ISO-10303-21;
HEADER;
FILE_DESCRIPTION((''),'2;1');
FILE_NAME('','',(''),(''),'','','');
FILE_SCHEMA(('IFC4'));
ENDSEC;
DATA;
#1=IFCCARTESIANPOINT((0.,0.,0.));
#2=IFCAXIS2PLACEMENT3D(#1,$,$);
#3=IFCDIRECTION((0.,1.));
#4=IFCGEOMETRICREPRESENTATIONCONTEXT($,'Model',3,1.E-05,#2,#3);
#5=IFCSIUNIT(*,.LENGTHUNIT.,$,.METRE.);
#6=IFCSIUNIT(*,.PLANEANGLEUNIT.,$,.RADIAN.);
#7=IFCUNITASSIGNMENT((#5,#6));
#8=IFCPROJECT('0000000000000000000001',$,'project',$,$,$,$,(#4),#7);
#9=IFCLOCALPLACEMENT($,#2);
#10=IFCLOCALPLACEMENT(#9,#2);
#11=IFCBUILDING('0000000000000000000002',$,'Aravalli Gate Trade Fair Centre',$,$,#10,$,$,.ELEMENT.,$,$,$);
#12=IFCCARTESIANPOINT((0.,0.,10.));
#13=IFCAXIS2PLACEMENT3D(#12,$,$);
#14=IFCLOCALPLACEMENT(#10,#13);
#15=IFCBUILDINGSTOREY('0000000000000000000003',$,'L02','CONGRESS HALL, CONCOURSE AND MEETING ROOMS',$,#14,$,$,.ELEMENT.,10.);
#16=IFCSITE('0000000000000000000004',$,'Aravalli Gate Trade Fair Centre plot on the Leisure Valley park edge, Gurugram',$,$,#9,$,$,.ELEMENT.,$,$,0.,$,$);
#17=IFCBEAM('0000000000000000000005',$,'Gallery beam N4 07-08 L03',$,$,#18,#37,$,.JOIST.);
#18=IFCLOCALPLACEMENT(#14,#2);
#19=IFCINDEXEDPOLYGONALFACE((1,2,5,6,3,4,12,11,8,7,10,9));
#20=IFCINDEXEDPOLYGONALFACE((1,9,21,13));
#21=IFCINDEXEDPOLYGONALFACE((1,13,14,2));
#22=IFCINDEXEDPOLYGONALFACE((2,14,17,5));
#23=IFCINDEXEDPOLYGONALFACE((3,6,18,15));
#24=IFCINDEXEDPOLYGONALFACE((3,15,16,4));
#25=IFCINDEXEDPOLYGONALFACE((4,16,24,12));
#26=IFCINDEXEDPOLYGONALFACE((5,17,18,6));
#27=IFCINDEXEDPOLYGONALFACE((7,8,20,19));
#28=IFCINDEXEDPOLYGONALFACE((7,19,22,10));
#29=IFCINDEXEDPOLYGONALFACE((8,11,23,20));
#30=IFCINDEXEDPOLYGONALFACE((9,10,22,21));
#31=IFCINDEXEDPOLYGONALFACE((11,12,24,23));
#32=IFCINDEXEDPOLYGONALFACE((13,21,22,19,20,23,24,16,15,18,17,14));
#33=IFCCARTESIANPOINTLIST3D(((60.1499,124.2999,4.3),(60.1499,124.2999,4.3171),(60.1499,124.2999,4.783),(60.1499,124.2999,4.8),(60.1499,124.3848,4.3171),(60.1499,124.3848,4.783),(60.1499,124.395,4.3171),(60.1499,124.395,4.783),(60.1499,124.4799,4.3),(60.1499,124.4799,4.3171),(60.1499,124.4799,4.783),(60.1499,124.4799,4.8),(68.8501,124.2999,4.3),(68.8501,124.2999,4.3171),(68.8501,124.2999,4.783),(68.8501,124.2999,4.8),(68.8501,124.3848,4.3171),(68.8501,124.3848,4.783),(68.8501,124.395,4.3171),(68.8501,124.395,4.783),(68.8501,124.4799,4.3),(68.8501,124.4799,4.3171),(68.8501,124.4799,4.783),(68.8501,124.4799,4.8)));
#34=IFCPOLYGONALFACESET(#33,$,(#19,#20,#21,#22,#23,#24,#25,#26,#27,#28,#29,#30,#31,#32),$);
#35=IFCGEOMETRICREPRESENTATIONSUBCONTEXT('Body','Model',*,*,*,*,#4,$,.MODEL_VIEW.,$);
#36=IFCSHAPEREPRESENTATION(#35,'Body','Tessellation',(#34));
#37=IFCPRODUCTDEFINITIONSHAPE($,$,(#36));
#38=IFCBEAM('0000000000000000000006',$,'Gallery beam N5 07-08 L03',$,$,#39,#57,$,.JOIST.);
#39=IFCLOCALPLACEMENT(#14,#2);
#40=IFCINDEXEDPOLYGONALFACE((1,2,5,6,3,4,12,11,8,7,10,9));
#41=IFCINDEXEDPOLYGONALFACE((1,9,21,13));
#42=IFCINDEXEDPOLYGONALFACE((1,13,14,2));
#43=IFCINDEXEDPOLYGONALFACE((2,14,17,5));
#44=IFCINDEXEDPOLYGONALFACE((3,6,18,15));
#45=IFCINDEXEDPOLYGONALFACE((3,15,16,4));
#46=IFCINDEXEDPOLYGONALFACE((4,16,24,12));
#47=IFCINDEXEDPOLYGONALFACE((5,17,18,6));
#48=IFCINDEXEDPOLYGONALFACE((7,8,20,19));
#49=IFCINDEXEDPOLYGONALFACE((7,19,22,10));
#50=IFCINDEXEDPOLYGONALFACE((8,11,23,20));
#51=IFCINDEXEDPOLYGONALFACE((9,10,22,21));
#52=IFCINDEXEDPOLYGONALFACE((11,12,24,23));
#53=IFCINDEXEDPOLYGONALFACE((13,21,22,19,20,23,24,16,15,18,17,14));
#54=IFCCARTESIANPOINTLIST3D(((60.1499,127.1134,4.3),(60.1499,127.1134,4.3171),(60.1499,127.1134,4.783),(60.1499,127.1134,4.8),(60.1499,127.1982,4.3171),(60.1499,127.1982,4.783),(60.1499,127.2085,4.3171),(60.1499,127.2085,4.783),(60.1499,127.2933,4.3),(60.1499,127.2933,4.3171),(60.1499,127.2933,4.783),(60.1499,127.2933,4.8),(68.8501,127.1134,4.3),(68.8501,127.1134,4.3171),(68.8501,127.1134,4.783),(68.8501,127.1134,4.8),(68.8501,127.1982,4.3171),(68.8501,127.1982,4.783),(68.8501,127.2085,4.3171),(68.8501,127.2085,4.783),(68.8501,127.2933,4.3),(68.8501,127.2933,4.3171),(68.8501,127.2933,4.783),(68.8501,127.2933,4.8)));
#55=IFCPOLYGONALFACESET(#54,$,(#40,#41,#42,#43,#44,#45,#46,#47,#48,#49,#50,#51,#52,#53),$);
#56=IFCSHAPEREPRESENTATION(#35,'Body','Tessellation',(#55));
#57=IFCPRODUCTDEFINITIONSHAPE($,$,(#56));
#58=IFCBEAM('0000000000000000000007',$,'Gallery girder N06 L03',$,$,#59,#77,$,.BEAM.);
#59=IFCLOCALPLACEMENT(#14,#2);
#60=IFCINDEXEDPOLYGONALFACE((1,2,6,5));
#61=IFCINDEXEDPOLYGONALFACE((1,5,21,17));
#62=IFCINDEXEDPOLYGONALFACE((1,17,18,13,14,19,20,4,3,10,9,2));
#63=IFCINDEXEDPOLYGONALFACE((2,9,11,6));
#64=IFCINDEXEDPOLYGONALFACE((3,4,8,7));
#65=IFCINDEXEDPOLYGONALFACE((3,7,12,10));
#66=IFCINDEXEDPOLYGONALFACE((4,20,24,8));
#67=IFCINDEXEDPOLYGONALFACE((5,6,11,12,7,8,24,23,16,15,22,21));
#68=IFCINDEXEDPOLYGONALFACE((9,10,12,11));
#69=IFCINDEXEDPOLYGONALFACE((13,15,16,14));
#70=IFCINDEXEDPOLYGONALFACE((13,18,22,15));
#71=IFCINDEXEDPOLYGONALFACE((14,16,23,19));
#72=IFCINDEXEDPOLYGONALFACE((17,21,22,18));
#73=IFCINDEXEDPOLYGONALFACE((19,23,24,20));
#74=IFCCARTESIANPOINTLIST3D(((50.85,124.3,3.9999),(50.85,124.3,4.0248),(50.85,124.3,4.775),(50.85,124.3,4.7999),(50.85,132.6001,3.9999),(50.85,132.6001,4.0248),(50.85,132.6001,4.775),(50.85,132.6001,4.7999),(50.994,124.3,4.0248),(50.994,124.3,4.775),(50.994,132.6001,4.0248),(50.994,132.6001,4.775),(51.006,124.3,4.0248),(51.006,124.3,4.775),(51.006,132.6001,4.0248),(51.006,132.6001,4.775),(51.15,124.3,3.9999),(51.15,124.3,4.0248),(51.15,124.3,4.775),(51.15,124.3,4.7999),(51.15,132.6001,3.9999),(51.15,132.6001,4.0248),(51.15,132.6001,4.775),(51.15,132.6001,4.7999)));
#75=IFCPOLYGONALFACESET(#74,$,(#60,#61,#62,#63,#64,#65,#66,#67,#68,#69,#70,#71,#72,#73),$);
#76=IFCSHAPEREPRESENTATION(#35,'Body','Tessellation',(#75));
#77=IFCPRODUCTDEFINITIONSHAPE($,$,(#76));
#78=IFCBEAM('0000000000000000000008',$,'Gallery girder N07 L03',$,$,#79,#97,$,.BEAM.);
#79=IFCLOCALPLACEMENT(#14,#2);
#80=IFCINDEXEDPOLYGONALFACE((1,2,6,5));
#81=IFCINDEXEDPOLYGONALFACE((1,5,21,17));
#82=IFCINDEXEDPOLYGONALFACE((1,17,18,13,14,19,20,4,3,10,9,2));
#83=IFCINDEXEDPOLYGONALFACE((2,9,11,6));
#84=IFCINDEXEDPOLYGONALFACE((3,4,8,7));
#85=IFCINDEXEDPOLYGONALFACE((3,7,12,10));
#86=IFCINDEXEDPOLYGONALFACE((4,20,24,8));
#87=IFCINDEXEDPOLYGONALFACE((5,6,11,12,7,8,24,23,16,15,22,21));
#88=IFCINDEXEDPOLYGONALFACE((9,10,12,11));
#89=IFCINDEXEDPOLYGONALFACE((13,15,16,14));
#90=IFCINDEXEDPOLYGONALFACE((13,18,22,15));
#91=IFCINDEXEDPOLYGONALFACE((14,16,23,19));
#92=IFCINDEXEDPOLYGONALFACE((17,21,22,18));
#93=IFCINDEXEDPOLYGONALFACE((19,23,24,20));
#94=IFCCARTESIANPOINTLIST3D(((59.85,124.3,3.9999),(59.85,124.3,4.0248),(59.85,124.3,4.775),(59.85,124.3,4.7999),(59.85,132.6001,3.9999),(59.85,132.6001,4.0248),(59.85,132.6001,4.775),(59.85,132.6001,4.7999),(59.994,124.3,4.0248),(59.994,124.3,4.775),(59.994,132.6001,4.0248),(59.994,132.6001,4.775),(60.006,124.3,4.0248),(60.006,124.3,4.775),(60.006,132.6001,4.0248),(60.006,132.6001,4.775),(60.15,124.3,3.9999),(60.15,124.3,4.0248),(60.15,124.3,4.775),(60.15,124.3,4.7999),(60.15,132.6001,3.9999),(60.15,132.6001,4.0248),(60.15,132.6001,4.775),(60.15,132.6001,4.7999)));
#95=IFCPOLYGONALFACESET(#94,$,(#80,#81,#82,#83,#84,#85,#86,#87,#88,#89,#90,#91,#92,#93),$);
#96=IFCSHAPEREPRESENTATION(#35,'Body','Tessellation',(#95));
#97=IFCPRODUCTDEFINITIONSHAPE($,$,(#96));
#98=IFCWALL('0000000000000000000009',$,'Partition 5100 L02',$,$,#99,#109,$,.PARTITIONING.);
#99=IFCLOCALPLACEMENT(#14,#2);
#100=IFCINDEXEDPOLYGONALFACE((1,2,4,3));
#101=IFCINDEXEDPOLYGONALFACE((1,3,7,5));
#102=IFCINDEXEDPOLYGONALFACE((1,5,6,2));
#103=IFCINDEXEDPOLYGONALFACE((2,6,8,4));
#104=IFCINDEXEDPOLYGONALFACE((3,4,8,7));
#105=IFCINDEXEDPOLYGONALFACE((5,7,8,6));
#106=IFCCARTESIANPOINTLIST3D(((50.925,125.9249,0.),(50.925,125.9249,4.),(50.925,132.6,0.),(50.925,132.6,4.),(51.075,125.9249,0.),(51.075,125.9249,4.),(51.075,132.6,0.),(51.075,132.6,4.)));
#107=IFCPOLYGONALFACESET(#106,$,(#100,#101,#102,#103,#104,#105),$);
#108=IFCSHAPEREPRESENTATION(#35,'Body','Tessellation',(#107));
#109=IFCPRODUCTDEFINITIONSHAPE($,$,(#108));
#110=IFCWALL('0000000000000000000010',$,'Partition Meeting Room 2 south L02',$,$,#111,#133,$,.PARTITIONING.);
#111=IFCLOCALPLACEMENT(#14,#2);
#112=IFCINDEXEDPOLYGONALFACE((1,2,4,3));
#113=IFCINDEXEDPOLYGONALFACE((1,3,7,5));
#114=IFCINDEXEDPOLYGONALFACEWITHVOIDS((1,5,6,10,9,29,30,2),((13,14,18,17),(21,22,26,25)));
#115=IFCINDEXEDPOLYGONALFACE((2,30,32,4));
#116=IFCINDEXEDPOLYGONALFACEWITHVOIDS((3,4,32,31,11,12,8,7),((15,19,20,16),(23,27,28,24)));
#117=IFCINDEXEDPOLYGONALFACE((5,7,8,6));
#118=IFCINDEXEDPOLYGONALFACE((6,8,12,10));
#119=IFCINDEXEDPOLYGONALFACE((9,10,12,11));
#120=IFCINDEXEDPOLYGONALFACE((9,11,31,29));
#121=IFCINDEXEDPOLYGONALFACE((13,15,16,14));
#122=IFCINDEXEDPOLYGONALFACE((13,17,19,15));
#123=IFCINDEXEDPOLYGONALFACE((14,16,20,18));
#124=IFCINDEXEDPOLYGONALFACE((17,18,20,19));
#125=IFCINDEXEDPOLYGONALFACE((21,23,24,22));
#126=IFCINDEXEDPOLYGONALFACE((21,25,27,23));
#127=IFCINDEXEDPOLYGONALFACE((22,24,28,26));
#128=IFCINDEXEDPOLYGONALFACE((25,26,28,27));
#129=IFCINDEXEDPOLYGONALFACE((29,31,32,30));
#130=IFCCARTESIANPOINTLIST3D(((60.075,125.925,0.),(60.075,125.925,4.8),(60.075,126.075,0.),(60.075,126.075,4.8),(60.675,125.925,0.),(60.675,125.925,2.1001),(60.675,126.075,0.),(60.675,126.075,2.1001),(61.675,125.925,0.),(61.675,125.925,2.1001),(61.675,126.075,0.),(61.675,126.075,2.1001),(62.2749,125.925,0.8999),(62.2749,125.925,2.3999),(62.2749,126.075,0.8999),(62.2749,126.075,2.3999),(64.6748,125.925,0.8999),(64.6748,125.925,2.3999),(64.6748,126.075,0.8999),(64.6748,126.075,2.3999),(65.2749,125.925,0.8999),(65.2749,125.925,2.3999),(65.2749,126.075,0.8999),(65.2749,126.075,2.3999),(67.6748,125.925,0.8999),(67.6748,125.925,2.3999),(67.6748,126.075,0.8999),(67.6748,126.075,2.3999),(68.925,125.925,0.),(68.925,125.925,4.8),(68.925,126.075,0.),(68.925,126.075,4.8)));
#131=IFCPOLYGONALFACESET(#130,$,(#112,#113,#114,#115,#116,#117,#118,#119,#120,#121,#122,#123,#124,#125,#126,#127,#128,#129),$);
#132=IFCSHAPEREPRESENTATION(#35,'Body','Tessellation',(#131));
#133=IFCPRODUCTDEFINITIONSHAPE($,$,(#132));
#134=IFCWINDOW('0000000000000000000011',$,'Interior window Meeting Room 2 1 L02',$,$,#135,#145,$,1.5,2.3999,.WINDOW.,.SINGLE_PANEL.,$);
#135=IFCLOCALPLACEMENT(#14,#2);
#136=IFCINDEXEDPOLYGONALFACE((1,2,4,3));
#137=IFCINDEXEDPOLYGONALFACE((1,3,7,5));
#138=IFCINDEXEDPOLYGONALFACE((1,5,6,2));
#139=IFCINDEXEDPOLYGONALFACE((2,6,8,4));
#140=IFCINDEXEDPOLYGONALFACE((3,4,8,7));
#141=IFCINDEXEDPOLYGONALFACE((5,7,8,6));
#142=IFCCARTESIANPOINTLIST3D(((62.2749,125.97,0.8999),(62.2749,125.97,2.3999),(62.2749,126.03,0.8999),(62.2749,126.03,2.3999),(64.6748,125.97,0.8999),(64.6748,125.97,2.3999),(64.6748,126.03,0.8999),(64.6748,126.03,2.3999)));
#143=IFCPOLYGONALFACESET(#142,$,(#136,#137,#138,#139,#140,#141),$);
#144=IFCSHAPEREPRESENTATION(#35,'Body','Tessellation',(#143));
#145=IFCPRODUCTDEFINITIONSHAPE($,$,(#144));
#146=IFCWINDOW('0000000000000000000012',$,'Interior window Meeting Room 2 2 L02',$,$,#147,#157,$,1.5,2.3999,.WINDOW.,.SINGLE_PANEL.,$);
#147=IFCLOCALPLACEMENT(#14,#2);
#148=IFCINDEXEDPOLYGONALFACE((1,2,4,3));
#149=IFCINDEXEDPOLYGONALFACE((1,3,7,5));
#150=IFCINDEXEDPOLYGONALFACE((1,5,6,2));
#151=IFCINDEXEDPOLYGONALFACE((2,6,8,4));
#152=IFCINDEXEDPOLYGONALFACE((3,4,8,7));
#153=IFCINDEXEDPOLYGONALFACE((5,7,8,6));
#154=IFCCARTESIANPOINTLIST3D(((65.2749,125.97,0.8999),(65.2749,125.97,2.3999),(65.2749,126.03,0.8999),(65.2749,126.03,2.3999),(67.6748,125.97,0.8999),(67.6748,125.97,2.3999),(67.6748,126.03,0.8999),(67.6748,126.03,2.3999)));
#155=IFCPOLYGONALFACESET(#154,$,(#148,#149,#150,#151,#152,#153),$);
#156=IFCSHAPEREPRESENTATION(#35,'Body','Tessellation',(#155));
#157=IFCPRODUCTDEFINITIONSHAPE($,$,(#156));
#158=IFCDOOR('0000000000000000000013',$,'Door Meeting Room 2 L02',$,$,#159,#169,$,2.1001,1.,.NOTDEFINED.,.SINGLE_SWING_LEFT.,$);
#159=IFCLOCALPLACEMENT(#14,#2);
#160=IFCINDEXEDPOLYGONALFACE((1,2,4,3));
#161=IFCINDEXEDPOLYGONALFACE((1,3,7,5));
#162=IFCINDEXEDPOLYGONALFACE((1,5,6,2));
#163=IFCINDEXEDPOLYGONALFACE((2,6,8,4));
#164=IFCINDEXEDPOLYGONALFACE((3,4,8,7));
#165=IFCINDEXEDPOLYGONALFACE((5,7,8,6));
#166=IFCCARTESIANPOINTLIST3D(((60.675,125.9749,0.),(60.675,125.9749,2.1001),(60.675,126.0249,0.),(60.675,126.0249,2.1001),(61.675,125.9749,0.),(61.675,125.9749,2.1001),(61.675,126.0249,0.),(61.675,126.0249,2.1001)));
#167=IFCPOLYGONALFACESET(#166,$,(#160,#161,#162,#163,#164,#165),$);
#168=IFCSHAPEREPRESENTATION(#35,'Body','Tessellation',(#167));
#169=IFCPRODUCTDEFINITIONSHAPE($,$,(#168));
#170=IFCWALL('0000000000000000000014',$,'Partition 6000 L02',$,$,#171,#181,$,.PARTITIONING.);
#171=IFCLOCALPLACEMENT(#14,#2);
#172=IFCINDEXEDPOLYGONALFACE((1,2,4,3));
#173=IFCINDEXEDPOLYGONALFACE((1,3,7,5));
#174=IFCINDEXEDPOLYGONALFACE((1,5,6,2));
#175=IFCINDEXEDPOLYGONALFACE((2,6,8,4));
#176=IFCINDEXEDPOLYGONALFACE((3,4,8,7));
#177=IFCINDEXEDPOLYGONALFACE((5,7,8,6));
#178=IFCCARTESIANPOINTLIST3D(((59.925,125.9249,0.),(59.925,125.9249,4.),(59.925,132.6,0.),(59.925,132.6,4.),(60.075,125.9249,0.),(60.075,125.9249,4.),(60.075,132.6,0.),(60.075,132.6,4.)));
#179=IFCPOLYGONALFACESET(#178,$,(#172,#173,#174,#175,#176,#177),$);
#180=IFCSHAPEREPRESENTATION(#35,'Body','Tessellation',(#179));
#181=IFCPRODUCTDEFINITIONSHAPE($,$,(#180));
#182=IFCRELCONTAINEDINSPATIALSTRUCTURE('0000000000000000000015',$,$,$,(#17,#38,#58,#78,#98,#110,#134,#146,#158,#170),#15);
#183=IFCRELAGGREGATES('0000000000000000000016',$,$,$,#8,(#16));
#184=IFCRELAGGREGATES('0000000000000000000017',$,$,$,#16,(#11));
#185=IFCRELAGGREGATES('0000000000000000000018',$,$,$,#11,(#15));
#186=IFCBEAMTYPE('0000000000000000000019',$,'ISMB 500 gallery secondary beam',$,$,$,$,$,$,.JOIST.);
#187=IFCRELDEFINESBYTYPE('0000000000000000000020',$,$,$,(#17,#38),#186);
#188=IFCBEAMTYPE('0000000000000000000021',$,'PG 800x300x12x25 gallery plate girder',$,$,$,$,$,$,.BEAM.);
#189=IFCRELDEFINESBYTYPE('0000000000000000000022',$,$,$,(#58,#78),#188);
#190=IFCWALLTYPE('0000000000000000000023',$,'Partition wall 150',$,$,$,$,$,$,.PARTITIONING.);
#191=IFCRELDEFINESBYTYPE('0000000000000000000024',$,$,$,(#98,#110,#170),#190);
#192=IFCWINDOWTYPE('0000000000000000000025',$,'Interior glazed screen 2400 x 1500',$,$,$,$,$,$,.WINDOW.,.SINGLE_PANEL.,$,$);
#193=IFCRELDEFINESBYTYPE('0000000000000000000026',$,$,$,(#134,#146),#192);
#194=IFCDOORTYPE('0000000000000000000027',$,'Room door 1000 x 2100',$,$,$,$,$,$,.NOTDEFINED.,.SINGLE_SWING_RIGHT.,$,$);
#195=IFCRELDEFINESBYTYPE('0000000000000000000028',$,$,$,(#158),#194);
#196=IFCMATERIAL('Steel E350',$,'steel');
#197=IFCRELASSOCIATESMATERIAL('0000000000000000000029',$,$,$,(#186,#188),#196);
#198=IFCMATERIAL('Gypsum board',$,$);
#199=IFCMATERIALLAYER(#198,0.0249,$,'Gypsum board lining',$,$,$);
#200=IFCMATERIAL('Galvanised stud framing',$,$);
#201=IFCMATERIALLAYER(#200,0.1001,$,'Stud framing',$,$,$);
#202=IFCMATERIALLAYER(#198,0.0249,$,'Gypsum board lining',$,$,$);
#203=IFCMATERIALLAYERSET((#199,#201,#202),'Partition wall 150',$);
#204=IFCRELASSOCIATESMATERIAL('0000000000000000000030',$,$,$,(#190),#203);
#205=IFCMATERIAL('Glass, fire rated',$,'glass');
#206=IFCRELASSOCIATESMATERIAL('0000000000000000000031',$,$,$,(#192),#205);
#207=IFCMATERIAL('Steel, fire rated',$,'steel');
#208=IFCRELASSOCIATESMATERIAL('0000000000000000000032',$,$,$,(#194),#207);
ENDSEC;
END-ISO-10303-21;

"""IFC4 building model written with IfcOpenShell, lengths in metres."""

from ifc_helpers import new_model, si_unit, direction, frame, frame_2d, origin, origin_2d, place, context, subcontext, project, spatial, rectangle, i_section, extrude, material, layer, layer_set, material_profile, profile_set, type_object, element, fill, save


model = new_model("IFC4")

# Units and contexts
model_context = context("Model", 3, precision=1e-05, world=origin(), true_north=direction((0.0, 1.0)))
body_context = subcontext(model_context, "Body", "Model", "MODEL_VIEW")
ifc_project = project(units=[si_unit("LENGTHUNIT", "METRE"), si_unit("PLANEANGLEUNIT", "RADIAN")], contexts=[model_context])

# Site, building, storey
site_placement = place(None, origin())
site = spatial("IfcSite", under=ifc_project, at=site_placement, Name="Aravalli Gate Trade Fair Centre plot on the Leisure Valley park edge, Gurugram", CompositionType="ELEMENT", RefElevation=0.0)
building_placement = place(site_placement, origin())
building = spatial("IfcBuilding", under=site, at=building_placement, Name="Aravalli Gate Trade Fair Centre", CompositionType="ELEMENT")
storey_placement = place(building_placement, frame((0.0, 0.0, 10.0)))
storey = spatial("IfcBuildingStorey", under=building, at=storey_placement, Name="L02", Description="CONGRESS HALL, CONCOURSE AND MEETING ROOMS", CompositionType="ELEMENT", Elevation=10.0)

# Beams
ifc_material_1 = material(Name="Steel E350", Category="steel")
ifc_material_profile_1 = material_profile(ifc_material_1, i_section(OverallWidth=0.1799, OverallDepth=0.5, WebThickness=0.0103, FlangeThickness=0.0171, at=origin_2d()), Name="ISMB 500")
ifc_profile_set_1 = profile_set([ifc_material_profile_1], Name="Steel E350")
beam_type_1 = type_object("IfcBeamType", Name="ISMB 500 gallery secondary beam", PredefinedType="JOIST", material=ifc_profile_set_1)
for number, where, z_axis, x_axis, name in (
    (1, (60.1499, 124.3899, 4.55), (1.0, 0.0, 0.0), (0.0, 1.0, 0.0), "Gallery beam N4 07-08 L03"),
    (2, (60.1499, 127.2034, 4.55), (1.0, 0.0, 0.0), (0.0, 1.0, 0.0), "Gallery beam N5 07-08 L03"),
):
    element("IfcBeam", number, at=place(storey_placement, frame(where, z_axis=z_axis, x_axis=x_axis)), inside=storey, type_object=beam_type_1, Name=name, PredefinedType="JOIST", context=body_context, shape_type="SweptSolid", body=[
        extrude(i_section(OverallWidth=0.1799, OverallDepth=0.5, WebThickness=0.0103, FlangeThickness=0.0171, at=origin_2d()), origin(), (0.0, 0.0, 1.0), 8.7002),
    ])
ifc_material_profile_2 = material_profile(ifc_material_1, i_section(OverallWidth=0.3, OverallDepth=0.8, WebThickness=0.012, FlangeThickness=0.0249, at=origin_2d()), Name="PG 800x300x12x25")
ifc_profile_set_2 = profile_set([ifc_material_profile_2], Name="Steel E350")
beam_type_2 = type_object("IfcBeamType", Name="PG 800x300x12x25 gallery plate girder", PredefinedType="BEAM", material=ifc_profile_set_2)
for number, where, z_axis, x_axis, name in (
    (3, (51.0, 124.3, 4.3999), (0.0, 1.0, 0.0), (-1.0, 0.0, 0.0), "Gallery girder N06 L03"),
    (4, (60.0, 124.3, 4.3999), (0.0, 1.0, 0.0), (-1.0, 0.0, 0.0), "Gallery girder N07 L03"),
):
    element("IfcBeam", number, at=place(storey_placement, frame(where, z_axis=z_axis, x_axis=x_axis)), inside=storey, type_object=beam_type_2, Name=name, PredefinedType="BEAM", context=body_context, shape_type="SweptSolid", body=[
        extrude(i_section(OverallWidth=0.3, OverallDepth=0.8, WebThickness=0.012, FlangeThickness=0.0249, at=origin_2d()), origin(), (0.0, 0.0, 1.0), 8.3),
    ])

# Wall
ifc_material_2 = material(Name="Gypsum board")
ifc_layer_1 = layer(ifc_material_2, 0.0249, Name="Gypsum board lining")
ifc_material_3 = material(Name="Galvanised stud framing")
ifc_layer_2 = layer(ifc_material_3, 0.1001, Name="Stud framing")
ifc_layer_3 = layer(ifc_material_2, 0.0249, Name="Gypsum board lining")
ifc_layer_set_1 = layer_set([ifc_layer_1, ifc_layer_2, ifc_layer_3], Name="Partition wall 150")
wall_type_1 = type_object("IfcWallType", Name="Partition wall 150", PredefinedType="PARTITIONING", material=ifc_layer_set_1)
wall_1_placement = place(storey_placement, frame((51.0, 125.925, 0.0), z_axis=(0.0, 0.0, 1.0), x_axis=(0.0, 1.0, 0.0)))
element("IfcWall", 5, at=wall_1_placement, inside=storey, type_object=wall_type_1, Name="Partition 5100 L02", PredefinedType="PARTITIONING", context=body_context, shape_type="SweptSolid", body=[
    extrude(rectangle(XDim=6.675, YDim=0.1499, at=frame_2d((3.3374, 0.0))), origin(), (0.0, 0.0, 1.0), 4.0),
])

# Wall, openings, windows, door
wall_2_placement = place(storey_placement, frame((60.075, 126.0, 0.0), z_axis=(0.0, 0.0, 1.0), x_axis=(1.0, 0.0, 0.0)))
wall_2 = element("IfcWall", 6, at=wall_2_placement, inside=storey, type_object=wall_type_1, Name="Partition Meeting Room 2 south L02", PredefinedType="PARTITIONING", context=body_context, shape_type="SweptSolid", body=[
    extrude(rectangle(XDim=8.8501, YDim=0.1499, at=frame_2d((4.425, 0.0))), origin(), (0.0, 0.0, 1.0), 4.8),
])
opening_1_placement = place(wall_2_placement, frame((0.6001, 0.0, 0.0)))
opening_1 = element("IfcOpeningElement", 7, at=opening_1_placement, cuts=wall_2, PredefinedType="OPENING", context=body_context, shape_type="SweptSolid", body=[
    extrude(rectangle(XDim=1.0, YDim=2.1001, at=frame_2d((0.5, 1.05))), frame((0.0, 0.085, 0.0), z_axis=(0.0, -1.0, 0.0), x_axis=(1.0, 0.0, 0.0)), (0.0, 0.0, 1.0), 0.1699),
])
opening_2_placement = place(wall_2_placement, frame((2.2, 0.0, 0.8999)))
opening_2 = element("IfcOpeningElement", 8, at=opening_2_placement, cuts=wall_2, PredefinedType="OPENING", context=body_context, shape_type="SweptSolid", body=[
    extrude(rectangle(XDim=2.3999, YDim=1.5, at=frame_2d((1.2, 0.75))), frame((0.0, 0.085, 0.0), z_axis=(0.0, -1.0, 0.0), x_axis=(1.0, 0.0, 0.0)), (0.0, 0.0, 1.0), 0.1699),
])
opening_3_placement = place(wall_2_placement, frame((5.2, 0.0, 0.8999)))
opening_3 = element("IfcOpeningElement", 9, at=opening_3_placement, cuts=wall_2, PredefinedType="OPENING", context=body_context, shape_type="SweptSolid", body=[
    extrude(rectangle(XDim=2.3999, YDim=1.5, at=frame_2d((1.2, 0.75))), frame((0.0, 0.085, 0.0), z_axis=(0.0, -1.0, 0.0), x_axis=(1.0, 0.0, 0.0)), (0.0, 0.0, 1.0), 0.1699),
])
ifc_material_4 = material(Name="Glass, fire rated", Category="glass")
window_type = type_object("IfcWindowType", Name="Interior glazed screen 2400 x 1500", PartitioningType="SINGLE_PANEL", PredefinedType="WINDOW", material=ifc_material_4)
window_1_placement = place(opening_2_placement, origin())
window_1 = element("IfcWindow", 10, at=window_1_placement, inside=storey, type_object=window_type, Name="Interior window Meeting Room 2 1 L02", OverallHeight=1.5, OverallWidth=2.3999, PartitioningType="SINGLE_PANEL", PredefinedType="WINDOW", context=body_context, shape_type="SweptSolid", body=[
    extrude(rectangle(XDim=2.3999, YDim=1.5, at=frame_2d((1.2, 0.75))), frame((0.0, 0.03, 0.0), z_axis=(0.0, -1.0, 0.0), x_axis=(1.0, 0.0, 0.0)), (0.0, 0.0, 1.0), 0.0601),
])
fill(opening_2, window_1)
window_2_placement = place(opening_3_placement, origin())
window_2 = element("IfcWindow", 11, at=window_2_placement, inside=storey, type_object=window_type, Name="Interior window Meeting Room 2 2 L02", OverallHeight=1.5, OverallWidth=2.3999, PartitioningType="SINGLE_PANEL", PredefinedType="WINDOW", context=body_context, shape_type="SweptSolid", body=[
    extrude(rectangle(XDim=2.3999, YDim=1.5, at=frame_2d((1.2, 0.75))), frame((0.0, 0.03, 0.0), z_axis=(0.0, -1.0, 0.0), x_axis=(1.0, 0.0, 0.0)), (0.0, 0.0, 1.0), 0.0601),
])
fill(opening_3, window_2)
ifc_material_5 = material(Name="Steel, fire rated", Category="steel")
door_type_1 = type_object("IfcDoorType", Name="Room door 1000 x 2100", OperationType="SINGLE_SWING_RIGHT", PredefinedType="NOTDEFINED", material=ifc_material_5)
door_1_placement = place(opening_1_placement, origin())
door_1 = element("IfcDoor", 12, at=door_1_placement, inside=storey, type_object=door_type_1, Name="Door Meeting Room 2 L02", OperationType="SINGLE_SWING_LEFT", OverallHeight=2.1001, OverallWidth=1.0, PredefinedType="NOTDEFINED", context=body_context, shape_type="SweptSolid", body=[
    extrude(rectangle(XDim=1.0, YDim=2.1001, at=frame_2d((0.5, 1.05))), frame((0.0, 0.0249, 0.0), z_axis=(0.0, -1.0, 0.0), x_axis=(1.0, 0.0, 0.0)), (0.0, 0.0, 1.0), 0.05),
])
fill(opening_1, door_1)

# Wall
wall_3_placement = place(storey_placement, frame((60.0, 125.925, 0.0), z_axis=(0.0, 0.0, 1.0), x_axis=(0.0, 1.0, 0.0)))
element("IfcWall", 13, at=wall_3_placement, inside=storey, type_object=wall_type_1, Name="Partition 6000 L02", PredefinedType="PARTITIONING", context=body_context, shape_type="SweptSolid", body=[
    extrude(rectangle(XDim=6.675, YDim=0.1499, at=frame_2d((3.3374, 0.0))), origin(), (0.0, 0.0, 1.0), 4.0),
])

save(model, "model.ifc")
